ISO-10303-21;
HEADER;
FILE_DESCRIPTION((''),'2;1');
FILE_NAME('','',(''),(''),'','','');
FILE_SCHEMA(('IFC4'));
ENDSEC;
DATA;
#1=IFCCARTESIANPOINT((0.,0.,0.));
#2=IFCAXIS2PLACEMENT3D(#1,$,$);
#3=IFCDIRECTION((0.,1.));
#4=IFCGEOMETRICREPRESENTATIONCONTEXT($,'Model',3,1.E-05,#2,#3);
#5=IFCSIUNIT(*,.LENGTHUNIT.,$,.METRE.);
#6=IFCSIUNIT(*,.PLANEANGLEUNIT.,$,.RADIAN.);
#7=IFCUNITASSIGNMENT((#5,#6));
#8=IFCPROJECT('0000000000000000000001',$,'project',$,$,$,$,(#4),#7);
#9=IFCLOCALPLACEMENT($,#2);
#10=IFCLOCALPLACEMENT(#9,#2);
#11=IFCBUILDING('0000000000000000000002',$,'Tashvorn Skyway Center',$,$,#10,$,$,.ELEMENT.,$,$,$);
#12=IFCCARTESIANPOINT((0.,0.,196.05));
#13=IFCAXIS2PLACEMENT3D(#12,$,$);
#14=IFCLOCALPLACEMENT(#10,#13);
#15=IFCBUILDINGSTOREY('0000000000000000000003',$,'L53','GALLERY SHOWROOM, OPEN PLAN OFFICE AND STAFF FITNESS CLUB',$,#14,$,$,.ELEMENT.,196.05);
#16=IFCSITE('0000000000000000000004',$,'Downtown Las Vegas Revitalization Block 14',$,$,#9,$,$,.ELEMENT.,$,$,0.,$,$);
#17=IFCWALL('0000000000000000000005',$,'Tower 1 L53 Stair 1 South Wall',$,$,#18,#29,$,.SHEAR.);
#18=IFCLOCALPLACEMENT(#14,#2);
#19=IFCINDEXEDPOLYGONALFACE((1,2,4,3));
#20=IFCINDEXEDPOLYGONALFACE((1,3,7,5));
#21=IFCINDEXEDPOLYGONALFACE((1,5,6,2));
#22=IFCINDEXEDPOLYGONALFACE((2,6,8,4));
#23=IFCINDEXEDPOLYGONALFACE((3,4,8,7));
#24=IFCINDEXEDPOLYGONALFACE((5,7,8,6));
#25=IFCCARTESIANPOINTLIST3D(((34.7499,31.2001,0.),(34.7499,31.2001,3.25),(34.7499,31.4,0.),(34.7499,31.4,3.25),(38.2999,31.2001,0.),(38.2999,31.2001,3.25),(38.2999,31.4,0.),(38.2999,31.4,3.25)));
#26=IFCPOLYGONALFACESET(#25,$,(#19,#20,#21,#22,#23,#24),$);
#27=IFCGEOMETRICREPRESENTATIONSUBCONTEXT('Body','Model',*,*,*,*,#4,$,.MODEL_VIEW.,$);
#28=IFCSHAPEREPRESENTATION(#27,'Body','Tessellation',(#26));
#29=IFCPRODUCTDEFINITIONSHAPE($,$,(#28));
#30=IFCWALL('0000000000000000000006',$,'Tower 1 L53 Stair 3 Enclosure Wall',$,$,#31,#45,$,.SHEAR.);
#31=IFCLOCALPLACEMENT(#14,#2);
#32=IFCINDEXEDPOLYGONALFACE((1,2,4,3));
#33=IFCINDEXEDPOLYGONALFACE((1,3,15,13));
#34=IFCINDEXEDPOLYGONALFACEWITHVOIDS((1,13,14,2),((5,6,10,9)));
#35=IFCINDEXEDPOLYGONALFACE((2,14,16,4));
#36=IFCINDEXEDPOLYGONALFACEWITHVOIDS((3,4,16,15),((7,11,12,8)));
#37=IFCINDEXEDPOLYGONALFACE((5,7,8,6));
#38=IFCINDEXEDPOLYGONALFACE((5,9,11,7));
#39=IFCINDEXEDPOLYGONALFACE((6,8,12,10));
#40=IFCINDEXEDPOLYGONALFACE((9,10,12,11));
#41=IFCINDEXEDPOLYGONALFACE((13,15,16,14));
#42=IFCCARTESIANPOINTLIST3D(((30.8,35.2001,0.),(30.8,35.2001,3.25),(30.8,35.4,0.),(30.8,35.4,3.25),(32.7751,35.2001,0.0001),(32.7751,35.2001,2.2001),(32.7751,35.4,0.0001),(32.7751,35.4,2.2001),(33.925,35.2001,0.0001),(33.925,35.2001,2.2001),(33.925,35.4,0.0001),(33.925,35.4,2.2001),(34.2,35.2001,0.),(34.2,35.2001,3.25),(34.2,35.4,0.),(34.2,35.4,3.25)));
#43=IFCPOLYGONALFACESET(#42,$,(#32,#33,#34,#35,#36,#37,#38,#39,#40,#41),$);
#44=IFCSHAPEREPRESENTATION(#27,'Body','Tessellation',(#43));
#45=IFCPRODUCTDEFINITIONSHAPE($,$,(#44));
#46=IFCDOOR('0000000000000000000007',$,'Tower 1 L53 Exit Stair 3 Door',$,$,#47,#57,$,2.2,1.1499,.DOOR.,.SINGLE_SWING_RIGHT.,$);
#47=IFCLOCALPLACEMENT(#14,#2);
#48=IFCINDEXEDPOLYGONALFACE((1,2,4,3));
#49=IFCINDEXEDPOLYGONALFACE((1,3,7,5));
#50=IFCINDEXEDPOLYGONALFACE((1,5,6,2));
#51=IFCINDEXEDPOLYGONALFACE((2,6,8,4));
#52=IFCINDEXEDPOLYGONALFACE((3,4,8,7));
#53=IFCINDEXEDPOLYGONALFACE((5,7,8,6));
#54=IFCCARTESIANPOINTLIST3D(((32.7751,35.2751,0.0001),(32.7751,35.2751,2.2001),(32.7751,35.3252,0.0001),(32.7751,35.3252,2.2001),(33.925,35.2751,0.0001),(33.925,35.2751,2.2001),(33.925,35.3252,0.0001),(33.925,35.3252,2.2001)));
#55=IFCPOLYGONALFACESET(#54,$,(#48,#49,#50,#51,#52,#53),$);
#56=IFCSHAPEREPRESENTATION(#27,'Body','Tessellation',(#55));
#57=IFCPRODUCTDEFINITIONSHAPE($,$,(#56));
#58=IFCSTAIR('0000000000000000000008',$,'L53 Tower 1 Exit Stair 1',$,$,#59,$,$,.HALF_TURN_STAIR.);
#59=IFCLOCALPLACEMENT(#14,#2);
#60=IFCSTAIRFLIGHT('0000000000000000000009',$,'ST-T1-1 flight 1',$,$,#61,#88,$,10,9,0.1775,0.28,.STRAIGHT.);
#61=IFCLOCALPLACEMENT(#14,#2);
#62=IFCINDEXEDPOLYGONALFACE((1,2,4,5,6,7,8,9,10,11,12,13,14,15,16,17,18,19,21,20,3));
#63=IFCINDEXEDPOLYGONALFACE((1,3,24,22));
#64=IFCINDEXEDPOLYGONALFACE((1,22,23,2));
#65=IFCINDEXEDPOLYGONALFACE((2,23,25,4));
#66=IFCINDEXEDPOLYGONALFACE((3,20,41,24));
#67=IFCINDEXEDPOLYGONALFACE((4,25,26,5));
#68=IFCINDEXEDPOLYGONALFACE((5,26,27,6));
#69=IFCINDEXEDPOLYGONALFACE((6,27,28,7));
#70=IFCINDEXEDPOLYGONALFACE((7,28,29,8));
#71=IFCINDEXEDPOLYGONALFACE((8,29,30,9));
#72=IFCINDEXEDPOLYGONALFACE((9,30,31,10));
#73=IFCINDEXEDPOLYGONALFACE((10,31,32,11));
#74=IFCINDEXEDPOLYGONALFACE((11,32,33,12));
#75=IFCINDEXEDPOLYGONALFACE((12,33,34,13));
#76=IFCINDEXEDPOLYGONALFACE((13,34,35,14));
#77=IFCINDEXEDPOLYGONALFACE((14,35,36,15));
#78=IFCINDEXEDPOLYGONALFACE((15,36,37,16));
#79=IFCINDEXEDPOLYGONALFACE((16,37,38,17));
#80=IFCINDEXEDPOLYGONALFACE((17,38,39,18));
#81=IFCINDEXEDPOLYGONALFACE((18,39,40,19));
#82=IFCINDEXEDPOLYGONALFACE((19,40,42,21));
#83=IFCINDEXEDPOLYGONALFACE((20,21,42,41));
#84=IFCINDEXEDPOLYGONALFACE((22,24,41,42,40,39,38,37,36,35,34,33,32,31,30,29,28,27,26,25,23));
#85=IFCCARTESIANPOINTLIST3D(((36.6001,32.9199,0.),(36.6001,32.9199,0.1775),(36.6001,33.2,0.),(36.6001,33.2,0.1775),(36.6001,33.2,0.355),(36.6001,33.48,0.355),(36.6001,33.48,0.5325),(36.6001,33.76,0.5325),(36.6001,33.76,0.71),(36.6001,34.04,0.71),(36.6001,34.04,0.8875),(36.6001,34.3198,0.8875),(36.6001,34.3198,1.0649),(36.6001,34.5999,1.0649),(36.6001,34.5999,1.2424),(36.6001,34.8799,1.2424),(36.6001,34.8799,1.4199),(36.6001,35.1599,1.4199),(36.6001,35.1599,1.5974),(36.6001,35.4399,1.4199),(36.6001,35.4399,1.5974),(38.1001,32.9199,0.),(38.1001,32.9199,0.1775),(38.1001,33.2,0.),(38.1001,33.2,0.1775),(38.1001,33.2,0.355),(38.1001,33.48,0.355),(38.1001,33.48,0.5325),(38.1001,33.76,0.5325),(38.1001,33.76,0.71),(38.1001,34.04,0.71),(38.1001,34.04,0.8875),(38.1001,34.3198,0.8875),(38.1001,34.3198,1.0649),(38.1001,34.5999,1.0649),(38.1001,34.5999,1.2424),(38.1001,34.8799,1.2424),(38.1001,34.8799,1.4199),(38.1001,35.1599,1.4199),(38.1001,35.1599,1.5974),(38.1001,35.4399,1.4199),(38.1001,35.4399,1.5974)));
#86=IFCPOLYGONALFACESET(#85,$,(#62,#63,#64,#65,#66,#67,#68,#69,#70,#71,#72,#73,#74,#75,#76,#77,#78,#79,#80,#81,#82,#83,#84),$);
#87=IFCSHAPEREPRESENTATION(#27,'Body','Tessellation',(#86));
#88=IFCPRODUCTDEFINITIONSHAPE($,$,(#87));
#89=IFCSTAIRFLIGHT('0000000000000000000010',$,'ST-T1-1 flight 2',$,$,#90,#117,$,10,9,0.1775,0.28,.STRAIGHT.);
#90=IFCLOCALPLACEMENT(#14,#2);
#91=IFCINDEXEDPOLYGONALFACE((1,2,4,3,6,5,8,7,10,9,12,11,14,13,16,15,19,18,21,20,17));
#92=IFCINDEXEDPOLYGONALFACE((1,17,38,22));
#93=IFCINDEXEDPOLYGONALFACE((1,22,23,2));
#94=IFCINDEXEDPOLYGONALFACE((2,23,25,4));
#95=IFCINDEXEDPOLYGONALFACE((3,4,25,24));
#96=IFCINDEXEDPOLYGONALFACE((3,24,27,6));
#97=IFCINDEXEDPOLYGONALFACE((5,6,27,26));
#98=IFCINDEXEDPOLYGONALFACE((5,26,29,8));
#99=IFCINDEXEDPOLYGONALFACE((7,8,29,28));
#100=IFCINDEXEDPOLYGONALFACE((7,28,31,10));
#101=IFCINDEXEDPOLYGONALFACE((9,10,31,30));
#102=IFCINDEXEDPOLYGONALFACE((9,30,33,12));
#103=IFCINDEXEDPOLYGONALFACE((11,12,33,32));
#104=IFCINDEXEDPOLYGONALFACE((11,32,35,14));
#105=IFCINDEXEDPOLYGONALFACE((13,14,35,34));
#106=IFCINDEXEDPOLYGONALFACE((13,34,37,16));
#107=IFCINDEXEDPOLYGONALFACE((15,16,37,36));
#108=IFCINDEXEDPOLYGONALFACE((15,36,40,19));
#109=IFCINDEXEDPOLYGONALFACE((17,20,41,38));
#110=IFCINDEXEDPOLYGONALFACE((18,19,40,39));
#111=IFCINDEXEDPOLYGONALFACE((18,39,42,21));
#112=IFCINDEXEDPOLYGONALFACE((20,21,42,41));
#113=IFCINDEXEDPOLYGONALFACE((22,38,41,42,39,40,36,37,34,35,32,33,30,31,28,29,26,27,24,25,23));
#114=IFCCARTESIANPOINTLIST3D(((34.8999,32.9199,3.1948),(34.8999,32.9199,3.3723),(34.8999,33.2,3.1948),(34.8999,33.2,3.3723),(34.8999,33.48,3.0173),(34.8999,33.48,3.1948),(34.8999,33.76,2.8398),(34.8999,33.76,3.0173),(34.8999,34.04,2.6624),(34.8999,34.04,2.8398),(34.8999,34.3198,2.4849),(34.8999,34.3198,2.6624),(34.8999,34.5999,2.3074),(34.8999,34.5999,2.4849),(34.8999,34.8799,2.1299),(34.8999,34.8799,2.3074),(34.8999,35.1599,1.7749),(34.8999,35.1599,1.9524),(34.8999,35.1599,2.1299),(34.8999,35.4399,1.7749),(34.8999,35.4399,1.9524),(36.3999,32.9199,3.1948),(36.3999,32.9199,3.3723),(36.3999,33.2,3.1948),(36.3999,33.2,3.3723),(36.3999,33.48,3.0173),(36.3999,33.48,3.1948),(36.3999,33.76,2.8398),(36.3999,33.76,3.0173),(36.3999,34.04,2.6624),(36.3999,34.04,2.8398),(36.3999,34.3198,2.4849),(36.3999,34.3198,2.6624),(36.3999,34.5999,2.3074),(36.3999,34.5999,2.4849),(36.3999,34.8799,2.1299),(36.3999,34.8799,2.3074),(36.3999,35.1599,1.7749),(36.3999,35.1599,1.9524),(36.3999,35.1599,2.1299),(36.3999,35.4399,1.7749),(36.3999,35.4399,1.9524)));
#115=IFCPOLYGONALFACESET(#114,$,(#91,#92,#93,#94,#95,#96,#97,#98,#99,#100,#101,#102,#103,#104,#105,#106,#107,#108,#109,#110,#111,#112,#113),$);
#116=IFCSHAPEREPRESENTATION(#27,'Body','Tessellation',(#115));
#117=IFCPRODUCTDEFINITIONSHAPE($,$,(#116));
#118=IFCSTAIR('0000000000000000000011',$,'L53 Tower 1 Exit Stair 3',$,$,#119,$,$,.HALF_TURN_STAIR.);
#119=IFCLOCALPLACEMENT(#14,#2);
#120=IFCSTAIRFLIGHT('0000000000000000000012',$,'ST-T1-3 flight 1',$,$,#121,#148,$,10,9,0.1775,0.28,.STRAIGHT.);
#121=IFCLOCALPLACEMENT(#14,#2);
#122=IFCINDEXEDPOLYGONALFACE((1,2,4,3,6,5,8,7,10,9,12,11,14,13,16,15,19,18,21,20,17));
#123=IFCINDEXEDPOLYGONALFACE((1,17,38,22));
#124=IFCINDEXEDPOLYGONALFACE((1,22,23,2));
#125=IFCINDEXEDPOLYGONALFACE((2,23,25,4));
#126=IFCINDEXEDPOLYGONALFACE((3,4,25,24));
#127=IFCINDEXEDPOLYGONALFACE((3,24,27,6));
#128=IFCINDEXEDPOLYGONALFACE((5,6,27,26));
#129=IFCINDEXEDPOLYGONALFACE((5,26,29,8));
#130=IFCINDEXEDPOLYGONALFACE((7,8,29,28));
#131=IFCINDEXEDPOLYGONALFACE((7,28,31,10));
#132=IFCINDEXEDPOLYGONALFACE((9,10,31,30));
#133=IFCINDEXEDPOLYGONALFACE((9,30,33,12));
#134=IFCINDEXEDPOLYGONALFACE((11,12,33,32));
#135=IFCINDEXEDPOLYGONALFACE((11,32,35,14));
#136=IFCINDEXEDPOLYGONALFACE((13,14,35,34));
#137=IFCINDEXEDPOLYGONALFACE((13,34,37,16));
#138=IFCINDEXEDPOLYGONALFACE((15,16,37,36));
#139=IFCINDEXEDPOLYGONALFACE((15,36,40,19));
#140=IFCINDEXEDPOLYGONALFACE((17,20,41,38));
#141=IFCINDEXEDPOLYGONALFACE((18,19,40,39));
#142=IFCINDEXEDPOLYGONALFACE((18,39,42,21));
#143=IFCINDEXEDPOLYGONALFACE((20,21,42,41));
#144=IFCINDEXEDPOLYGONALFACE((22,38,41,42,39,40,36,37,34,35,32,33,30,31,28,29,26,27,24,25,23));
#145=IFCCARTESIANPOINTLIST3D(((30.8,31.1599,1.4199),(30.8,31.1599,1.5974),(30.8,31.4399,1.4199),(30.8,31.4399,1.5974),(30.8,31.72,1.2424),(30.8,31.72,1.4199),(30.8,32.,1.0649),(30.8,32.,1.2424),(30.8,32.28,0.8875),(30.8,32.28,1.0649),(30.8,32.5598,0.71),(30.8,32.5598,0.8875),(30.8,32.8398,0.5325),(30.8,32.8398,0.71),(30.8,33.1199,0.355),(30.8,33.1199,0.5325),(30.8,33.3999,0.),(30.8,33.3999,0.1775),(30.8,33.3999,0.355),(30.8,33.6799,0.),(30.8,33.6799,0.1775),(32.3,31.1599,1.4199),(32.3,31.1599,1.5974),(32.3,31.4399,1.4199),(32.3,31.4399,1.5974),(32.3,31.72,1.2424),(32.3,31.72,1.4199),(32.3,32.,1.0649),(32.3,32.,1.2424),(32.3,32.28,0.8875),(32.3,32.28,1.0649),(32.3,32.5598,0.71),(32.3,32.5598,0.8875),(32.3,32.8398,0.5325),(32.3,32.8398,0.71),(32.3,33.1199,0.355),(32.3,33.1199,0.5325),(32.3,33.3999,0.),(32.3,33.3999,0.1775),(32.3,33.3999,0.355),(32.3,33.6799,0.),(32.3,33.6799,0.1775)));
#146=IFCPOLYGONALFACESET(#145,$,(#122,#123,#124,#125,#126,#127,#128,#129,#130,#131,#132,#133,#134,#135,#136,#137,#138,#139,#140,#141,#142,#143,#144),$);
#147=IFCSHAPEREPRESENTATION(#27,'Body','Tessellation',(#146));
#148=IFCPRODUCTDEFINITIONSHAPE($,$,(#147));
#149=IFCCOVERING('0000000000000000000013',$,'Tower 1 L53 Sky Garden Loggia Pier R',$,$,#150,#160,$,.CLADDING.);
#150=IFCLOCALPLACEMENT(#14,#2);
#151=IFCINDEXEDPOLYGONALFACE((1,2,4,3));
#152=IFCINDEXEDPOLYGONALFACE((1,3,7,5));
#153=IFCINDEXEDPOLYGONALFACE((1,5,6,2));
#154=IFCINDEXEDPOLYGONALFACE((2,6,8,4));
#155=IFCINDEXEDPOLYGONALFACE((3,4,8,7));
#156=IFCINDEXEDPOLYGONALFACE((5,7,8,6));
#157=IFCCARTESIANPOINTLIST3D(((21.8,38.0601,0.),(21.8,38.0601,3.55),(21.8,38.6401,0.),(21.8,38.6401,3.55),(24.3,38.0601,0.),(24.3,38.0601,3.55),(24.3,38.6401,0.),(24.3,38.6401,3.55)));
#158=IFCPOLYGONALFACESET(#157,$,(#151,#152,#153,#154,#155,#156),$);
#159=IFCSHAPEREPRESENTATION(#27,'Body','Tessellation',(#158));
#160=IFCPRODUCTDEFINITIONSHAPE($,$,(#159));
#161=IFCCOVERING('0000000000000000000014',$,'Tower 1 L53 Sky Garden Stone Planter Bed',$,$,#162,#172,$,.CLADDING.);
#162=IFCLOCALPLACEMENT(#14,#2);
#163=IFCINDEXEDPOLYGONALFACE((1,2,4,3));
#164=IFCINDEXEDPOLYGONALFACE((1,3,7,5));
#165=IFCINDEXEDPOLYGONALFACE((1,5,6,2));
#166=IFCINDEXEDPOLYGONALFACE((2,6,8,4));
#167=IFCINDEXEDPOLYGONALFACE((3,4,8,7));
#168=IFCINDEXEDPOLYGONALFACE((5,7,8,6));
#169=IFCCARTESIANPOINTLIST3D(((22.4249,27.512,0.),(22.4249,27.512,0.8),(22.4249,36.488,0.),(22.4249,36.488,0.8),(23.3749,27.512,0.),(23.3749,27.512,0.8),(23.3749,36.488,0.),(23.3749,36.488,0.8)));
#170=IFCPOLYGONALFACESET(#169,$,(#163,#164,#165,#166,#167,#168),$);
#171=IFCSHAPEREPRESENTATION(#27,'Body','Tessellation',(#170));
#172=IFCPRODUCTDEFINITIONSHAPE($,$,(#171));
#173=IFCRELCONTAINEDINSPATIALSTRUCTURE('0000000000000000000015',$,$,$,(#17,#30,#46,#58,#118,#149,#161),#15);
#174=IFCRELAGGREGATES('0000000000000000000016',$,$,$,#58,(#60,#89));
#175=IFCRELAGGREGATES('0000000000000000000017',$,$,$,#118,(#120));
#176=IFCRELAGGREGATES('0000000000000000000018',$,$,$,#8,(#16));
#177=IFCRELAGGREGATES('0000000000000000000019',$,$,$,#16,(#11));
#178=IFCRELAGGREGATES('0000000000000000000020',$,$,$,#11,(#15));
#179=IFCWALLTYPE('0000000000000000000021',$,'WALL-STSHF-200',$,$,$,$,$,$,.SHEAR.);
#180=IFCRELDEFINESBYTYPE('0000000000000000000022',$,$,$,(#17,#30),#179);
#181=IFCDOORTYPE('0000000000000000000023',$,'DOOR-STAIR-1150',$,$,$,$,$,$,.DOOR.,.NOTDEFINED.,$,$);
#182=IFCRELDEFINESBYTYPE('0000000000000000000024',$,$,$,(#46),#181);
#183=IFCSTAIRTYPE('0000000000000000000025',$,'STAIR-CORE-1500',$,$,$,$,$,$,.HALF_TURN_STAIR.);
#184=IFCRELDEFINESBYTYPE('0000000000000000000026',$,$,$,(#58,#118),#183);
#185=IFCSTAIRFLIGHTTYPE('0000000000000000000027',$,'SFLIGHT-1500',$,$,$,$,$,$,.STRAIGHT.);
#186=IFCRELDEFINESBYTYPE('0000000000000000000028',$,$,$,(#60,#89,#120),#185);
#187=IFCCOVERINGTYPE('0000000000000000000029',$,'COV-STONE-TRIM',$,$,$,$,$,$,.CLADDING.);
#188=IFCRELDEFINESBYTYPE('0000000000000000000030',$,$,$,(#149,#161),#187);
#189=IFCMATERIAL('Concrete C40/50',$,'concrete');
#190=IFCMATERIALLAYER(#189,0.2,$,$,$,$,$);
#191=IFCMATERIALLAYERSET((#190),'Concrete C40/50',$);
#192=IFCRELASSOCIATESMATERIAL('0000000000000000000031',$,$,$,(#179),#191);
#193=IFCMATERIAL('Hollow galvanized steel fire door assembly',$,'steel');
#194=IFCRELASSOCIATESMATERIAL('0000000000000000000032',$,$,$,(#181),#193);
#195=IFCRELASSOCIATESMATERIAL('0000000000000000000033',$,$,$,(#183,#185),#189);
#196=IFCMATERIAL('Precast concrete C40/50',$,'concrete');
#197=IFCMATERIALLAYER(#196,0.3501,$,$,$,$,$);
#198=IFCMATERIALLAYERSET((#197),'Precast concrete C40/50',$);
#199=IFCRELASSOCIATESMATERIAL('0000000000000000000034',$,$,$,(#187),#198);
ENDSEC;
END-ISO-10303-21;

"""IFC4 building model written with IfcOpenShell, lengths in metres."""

from ifc_helpers import new_model, si_unit, direction, frame, frame_2d, origin, origin_2d, place, context, subcontext, project, spatial, polyline, rectangle, outline, extrude, material, layer, layer_set, type_object, element, fill, aggregate, save


model = new_model("IFC4")

# Units and contexts
model_context = context("Model", 3, precision=1e-05, world=origin(), true_north=direction((0.0, 1.0)))
body_context = subcontext(model_context, "Body", "Model", "MODEL_VIEW")
ifc_project = project(units=[si_unit("LENGTHUNIT", "METRE"), si_unit("PLANEANGLEUNIT", "RADIAN")], contexts=[model_context])

# Site, building, storey
site_placement = place(None, origin())
site = spatial("IfcSite", under=ifc_project, at=site_placement, Name="Downtown Las Vegas Revitalization Block 14", CompositionType="ELEMENT", RefElevation=0.0)
building_placement = place(site_placement, origin())
building = spatial("IfcBuilding", under=site, at=building_placement, Name="Tashvorn Skyway Center", CompositionType="ELEMENT")
storey_placement = place(building_placement, frame((0.0, 0.0, 196.05)))
storey = spatial("IfcBuildingStorey", under=building, at=storey_placement, Name="L53", Description="GALLERY SHOWROOM, OPEN PLAN OFFICE AND STAFF FITNESS CLUB", CompositionType="ELEMENT", Elevation=196.05)

# Wall
ifc_material_1 = material(Name="Concrete C40/50", Category="concrete")
ifc_layer_1 = layer(ifc_material_1, 0.2)
ifc_layer_set_1 = layer_set([ifc_layer_1], Name="Concrete C40/50")
wall_type_1 = type_object("IfcWallType", Name="WALL-STSHF-200", PredefinedType="SHEAR", material=ifc_layer_set_1)
wall_1_placement = place(storey_placement, frame((34.75, 31.3, 0.0), z_axis=(0.0, 0.0, 1.0), x_axis=(1.0, 0.0, 0.0)))
element("IfcWall", 1, at=wall_1_placement, inside=storey, type_object=wall_type_1, Name="Tower 1 L53 Stair 1 South Wall", PredefinedType="SHEAR", context=body_context, shape_type="SweptSolid", body=[
    extrude(rectangle(XDim=3.55, YDim=0.2, at=frame_2d((1.7749, 0.0))), origin(), (0.0, 0.0, 1.0), 3.25),
])

# Wall, opening, door
wall_2_placement = place(storey_placement, frame((34.2, 35.3, 0.0), z_axis=(0.0, 0.0, 1.0), x_axis=(-1.0, 0.0, 0.0)))
wall_2 = element("IfcWall", 2, at=wall_2_placement, inside=storey, type_object=wall_type_1, Name="Tower 1 L53 Stair 3 Enclosure Wall", PredefinedType="SHEAR", context=body_context, shape_type="SweptSolid", body=[
    extrude(rectangle(XDim=3.3999, YDim=0.2, at=frame_2d((1.7, 0.0))), origin(), (0.0, 0.0, 1.0), 3.25),
])
opening_placement = place(wall_2_placement, frame((0.2749, 0.0, 0.0)))
opening = element("IfcOpeningElement", 3, at=opening_placement, cuts=wall_2, PredefinedType="OPENING", context=body_context, shape_type="SweptSolid", body=[
    extrude(rectangle(XDim=1.1499, YDim=2.2, at=frame_2d((0.575, 1.1001))), frame((0.0, 0.1099, 0.0), z_axis=(0.0, -1.0, 0.0), x_axis=(1.0, 0.0, 0.0)), (0.0, 0.0, 1.0), 0.22),
])
ifc_material_2 = material(Name="Hollow galvanized steel fire door assembly", Category="steel")
door_type = type_object("IfcDoorType", Name="DOOR-STAIR-1150", OperationType="NOTDEFINED", PredefinedType="DOOR", material=ifc_material_2)
door_placement = place(opening_placement, origin())
door = element("IfcDoor", 4, at=door_placement, inside=storey, type_object=door_type, Name="Tower 1 L53 Exit Stair 3 Door", OperationType="SINGLE_SWING_RIGHT", OverallHeight=2.2, OverallWidth=1.1499, PredefinedType="DOOR", context=body_context, shape_type="SweptSolid", body=[
    extrude(rectangle(XDim=1.1499, YDim=2.2, at=frame_2d((0.575, 1.1001))), frame((0.0, 0.0249, 0.0), z_axis=(0.0, -1.0, 0.0), x_axis=(1.0, 0.0, 0.0)), (0.0, 0.0, 1.0), 0.05),
])
fill(opening, door)

# Stair, stair flights
stair_type = type_object("IfcStairType", Name="STAIR-CORE-1500", PredefinedType="HALF_TURN_STAIR", material=ifc_material_1)
stair_1_placement = place(storey_placement, origin())
stair_1 = element("IfcStair", 5, at=stair_1_placement, inside=storey, type_object=stair_type, Name="L53 Tower 1 Exit Stair 1", PredefinedType="HALF_TURN_STAIR")
stair_flight_type = type_object("IfcStairFlightType", Name="SFLIGHT-1500", PredefinedType="STRAIGHT", material=ifc_material_1)
stair_flight_1_placement = place(storey_placement, frame((37.3501, 32.9199, 0.0), z_axis=(0.0, 0.0, 1.0), x_axis=(0.0, 1.0, 0.0)))
stair_flight_1 = element("IfcStairFlight", 6, at=stair_flight_1_placement, type_object=stair_flight_type, Name="ST-T1-1 flight 1", NumberOfRisers=10, NumberOfTreads=9, PredefinedType="STRAIGHT", RiserHeight=0.1775, TreadLength=0.28, context=body_context, shape_type="SweptSolid", body=[
    extrude(outline(polyline([(0.0, 0.0), (0.0, 0.1775), (0.28, 0.1775), (0.28, 0.355), (0.5601, 0.355), (0.5601, 0.5325), (0.8401, 0.5325), (0.8401, 0.71), (1.1201, 0.71), (1.1201, 0.8875), (1.3999, 0.8875), (1.3999, 1.0649), (1.6799, 1.0649), (1.6799, 1.2424), (1.96, 1.2424), (1.96, 1.4199), (2.24, 1.4199), (2.24, 1.5974), (2.52, 1.5974), (2.52, 1.7749), (2.52, 1.4199), (0.28, 0.0), (0.0, 0.0)])), frame((0.0, 0.75, 0.0), z_axis=(0.0, -1.0, 0.0), x_axis=(1.0, 0.0, 0.0)), (0.0, 0.0, 1.0), 1.5),
])
stair_flight_2_placement = place(storey_placement, frame((35.6499, 35.4399, 1.7749), z_axis=(0.0, 0.0, 1.0), x_axis=(0.0, -1.0, 0.0)))
stair_flight_2 = element("IfcStairFlight", 7, at=stair_flight_2_placement, type_object=stair_flight_type, Name="ST-T1-1 flight 2", NumberOfRisers=10, NumberOfTreads=9, PredefinedType="STRAIGHT", RiserHeight=0.1775, TreadLength=0.28, context=body_context, shape_type="SweptSolid", body=[
    extrude(outline(polyline([(0.0, 0.0), (0.0, 0.1775), (0.28, 0.1775), (0.28, 0.355), (0.5601, 0.355), (0.5601, 0.5325), (0.8401, 0.5325), (0.8401, 0.71), (1.1201, 0.71), (1.1201, 0.8875), (1.3999, 0.8875), (1.3999, 1.0649), (1.6799, 1.0649), (1.6799, 1.2424), (1.96, 1.2424), (1.96, 1.4199), (2.24, 1.4199), (2.24, 1.5974), (2.52, 1.5974), (2.52, 1.7749), (2.52, 1.4199), (0.28, 0.0), (0.0, 0.0)])), frame((0.0, 0.75, 0.0), z_axis=(0.0, -1.0, 0.0), x_axis=(1.0, 0.0, 0.0)), (0.0, 0.0, 1.0), 1.5),
])
aggregate(stair_1, [stair_flight_1, stair_flight_2])

# Stair, stair flight
stair_2_placement = place(storey_placement, origin())
stair_2 = element("IfcStair", 8, at=stair_2_placement, inside=storey, type_object=stair_type, Name="L53 Tower 1 Exit Stair 3", PredefinedType="HALF_TURN_STAIR")
stair_flight_3_placement = place(storey_placement, frame((31.55, 33.6799, 0.0), z_axis=(0.0, 0.0, 1.0), x_axis=(0.0, -1.0, 0.0)))
stair_flight_3 = element("IfcStairFlight", 9, at=stair_flight_3_placement, type_object=stair_flight_type, Name="ST-T1-3 flight 1", NumberOfRisers=10, NumberOfTreads=9, PredefinedType="STRAIGHT", RiserHeight=0.1775, TreadLength=0.28, context=body_context, shape_type="SweptSolid", body=[
    extrude(outline(polyline([(0.0, 0.0), (0.0, 0.1775), (0.28, 0.1775), (0.28, 0.355), (0.5601, 0.355), (0.5601, 0.5325), (0.8401, 0.5325), (0.8401, 0.71), (1.1201, 0.71), (1.1201, 0.8875), (1.3999, 0.8875), (1.3999, 1.0649), (1.6799, 1.0649), (1.6799, 1.2424), (1.96, 1.2424), (1.96, 1.4199), (2.24, 1.4199), (2.24, 1.5974), (2.52, 1.5974), (2.52, 1.7749), (2.52, 1.4199), (0.28, 0.0), (0.0, 0.0)])), frame((0.0, 0.75, 0.0), z_axis=(0.0, -1.0, 0.0), x_axis=(1.0, 0.0, 0.0)), (0.0, 0.0, 1.0), 1.5),
])
aggregate(stair_2, [stair_flight_3])

# Coverings
ifc_material_3 = material(Name="Precast concrete C40/50", Category="concrete")
ifc_layer_2 = layer(ifc_material_3, 0.3501)
ifc_layer_set_2 = layer_set([ifc_layer_2], Name="Precast concrete C40/50")
covering_type = type_object("IfcCoveringType", Name="COV-STONE-TRIM", PredefinedType="CLADDING", material=ifc_layer_set_2)
covering_1_placement = place(storey_placement, frame((23.05, 38.3501, 0.0), z_axis=(0.0, 0.0, 1.0), x_axis=(0.0, 1.0, 0.0)))
element("IfcCovering", 10, at=covering_1_placement, inside=storey, type_object=covering_type, Name="Tower 1 L53 Sky Garden Loggia Pier R", PredefinedType="CLADDING", context=body_context, shape_type="SweptSolid", body=[
    extrude(rectangle(XDim=0.5801, YDim=2.5, at=origin_2d()), origin(), (0.0, 0.0, 1.0), 3.55),
])
covering_2_placement = place(storey_placement, frame((22.8999, 32.0, 0.0), z_axis=(0.0, 0.0, 1.0), x_axis=(0.0, 1.0, 0.0)))
element("IfcCovering", 11, at=covering_2_placement, inside=storey, type_object=covering_type, Name="Tower 1 L53 Sky Garden Stone Planter Bed", PredefinedType="CLADDING", context=body_context, shape_type="SweptSolid", body=[
    extrude(rectangle(XDim=8.9761, YDim=0.95, at=origin_2d()), origin(), (0.0, 0.0, 1.0), 0.8),
])

save(model, "model.ifc")
